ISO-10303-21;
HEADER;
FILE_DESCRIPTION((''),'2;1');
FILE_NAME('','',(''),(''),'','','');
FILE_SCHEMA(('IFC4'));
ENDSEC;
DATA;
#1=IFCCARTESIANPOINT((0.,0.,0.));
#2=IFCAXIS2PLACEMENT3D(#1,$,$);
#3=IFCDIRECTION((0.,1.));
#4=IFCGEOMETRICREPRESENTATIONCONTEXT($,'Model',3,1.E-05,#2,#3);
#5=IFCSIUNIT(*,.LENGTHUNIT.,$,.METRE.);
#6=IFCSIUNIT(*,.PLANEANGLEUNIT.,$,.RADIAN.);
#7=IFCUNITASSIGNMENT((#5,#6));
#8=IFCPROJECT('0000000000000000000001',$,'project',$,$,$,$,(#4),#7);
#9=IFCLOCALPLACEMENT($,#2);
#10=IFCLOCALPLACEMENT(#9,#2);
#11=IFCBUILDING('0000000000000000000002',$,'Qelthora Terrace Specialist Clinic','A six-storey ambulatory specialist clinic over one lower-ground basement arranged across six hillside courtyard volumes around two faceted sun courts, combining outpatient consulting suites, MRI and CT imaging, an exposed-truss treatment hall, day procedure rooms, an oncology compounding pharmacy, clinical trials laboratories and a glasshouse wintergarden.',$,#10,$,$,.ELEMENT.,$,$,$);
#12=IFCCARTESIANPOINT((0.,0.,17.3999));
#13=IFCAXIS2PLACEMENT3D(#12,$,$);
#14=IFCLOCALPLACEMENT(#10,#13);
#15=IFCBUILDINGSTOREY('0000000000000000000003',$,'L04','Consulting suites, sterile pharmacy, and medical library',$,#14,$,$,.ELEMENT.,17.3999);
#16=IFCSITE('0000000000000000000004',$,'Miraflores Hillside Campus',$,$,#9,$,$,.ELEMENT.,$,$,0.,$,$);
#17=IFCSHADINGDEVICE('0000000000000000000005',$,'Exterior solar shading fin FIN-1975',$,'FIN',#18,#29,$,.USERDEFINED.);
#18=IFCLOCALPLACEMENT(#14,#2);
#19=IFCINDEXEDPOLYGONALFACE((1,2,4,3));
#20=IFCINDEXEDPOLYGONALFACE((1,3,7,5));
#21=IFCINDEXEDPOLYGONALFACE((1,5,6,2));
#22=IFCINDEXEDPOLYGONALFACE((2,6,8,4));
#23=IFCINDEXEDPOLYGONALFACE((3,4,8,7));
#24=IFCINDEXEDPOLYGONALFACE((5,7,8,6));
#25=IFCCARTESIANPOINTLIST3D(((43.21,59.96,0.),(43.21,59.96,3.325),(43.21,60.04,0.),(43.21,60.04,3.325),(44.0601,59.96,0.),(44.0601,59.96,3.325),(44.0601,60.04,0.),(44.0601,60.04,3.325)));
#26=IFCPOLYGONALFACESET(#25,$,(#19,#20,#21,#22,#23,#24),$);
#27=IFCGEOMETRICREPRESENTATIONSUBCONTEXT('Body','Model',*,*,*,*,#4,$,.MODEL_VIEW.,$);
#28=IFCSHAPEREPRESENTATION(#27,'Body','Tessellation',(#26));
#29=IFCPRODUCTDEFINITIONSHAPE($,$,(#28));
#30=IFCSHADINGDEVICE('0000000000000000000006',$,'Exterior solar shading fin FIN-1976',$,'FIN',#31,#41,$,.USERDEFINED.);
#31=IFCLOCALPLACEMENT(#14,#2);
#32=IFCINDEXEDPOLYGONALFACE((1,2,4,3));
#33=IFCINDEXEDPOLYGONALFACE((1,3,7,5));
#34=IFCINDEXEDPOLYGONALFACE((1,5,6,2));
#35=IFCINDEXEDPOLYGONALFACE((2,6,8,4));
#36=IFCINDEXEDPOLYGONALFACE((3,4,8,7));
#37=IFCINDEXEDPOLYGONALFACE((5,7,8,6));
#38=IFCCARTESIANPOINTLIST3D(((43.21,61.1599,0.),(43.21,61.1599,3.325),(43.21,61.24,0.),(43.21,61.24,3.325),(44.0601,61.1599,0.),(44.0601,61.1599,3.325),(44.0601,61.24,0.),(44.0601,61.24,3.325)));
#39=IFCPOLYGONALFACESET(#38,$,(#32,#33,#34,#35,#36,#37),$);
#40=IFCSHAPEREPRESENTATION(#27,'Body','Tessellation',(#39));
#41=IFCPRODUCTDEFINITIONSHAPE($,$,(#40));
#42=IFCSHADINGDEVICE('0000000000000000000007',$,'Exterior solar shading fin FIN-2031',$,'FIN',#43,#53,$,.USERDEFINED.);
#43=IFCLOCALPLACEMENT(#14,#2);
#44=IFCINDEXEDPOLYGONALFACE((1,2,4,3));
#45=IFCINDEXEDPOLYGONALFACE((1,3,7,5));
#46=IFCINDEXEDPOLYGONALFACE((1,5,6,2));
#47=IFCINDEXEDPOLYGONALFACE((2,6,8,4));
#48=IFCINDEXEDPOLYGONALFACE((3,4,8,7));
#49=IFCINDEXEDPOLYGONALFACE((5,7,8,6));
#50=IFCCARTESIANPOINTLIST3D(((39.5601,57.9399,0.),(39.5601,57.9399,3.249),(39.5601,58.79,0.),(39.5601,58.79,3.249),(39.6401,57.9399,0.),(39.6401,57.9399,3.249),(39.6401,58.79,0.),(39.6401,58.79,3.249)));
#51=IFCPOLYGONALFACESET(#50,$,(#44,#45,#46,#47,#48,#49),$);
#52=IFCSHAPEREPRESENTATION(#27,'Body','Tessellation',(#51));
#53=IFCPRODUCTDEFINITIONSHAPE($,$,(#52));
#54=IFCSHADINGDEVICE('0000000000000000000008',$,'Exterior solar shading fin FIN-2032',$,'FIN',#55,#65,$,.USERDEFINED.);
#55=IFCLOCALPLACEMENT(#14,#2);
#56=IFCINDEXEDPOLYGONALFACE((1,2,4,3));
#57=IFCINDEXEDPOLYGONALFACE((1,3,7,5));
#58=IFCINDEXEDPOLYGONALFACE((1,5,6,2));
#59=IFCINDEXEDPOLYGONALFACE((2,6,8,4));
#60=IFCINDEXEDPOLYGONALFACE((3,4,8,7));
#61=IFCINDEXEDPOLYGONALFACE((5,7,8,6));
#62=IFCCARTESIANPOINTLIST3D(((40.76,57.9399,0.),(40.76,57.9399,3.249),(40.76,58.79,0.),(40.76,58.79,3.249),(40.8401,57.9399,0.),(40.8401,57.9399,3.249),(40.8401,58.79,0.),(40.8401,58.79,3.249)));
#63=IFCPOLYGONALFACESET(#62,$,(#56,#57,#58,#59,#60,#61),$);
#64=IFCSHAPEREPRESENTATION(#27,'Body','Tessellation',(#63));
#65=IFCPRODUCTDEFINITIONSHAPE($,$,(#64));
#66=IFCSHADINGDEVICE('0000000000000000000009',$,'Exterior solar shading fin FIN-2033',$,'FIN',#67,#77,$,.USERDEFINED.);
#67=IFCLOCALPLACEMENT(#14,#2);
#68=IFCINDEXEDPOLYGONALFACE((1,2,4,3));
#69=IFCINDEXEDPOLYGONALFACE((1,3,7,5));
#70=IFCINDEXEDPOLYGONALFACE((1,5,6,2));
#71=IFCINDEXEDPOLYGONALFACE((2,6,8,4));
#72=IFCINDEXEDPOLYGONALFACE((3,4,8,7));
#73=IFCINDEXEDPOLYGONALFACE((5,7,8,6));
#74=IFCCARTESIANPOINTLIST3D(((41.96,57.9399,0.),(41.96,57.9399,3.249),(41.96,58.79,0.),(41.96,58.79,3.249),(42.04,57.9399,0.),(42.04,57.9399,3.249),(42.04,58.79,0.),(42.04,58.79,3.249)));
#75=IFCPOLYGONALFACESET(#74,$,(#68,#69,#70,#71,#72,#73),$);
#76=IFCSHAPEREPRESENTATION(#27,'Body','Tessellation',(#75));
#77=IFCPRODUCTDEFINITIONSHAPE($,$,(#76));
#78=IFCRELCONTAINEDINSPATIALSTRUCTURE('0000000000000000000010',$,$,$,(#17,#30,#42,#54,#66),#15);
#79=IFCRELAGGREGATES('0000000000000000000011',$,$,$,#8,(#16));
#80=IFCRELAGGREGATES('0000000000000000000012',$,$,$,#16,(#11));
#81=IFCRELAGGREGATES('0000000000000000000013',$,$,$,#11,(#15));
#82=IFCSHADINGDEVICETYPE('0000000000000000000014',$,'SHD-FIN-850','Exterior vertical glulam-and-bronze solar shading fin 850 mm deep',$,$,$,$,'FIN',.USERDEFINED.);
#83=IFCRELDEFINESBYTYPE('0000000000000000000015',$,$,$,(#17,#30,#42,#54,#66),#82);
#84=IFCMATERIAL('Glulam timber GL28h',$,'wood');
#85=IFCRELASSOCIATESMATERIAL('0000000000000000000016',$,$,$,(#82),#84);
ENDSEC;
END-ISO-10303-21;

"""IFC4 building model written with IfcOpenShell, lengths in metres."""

from ifc_helpers import new_model, si_unit, direction, frame, origin, origin_2d, place, context, subcontext, project, spatial, rectangle, extrude, material, type_object, element, save


model = new_model("IFC4")

# Units and contexts
model_context = context("Model", 3, precision=1e-05, world=origin(), true_north=direction((0.0, 1.0)))
body_context = subcontext(model_context, "Body", "Model", "MODEL_VIEW")
ifc_project = project(units=[si_unit("LENGTHUNIT", "METRE"), si_unit("PLANEANGLEUNIT", "RADIAN")], contexts=[model_context])

# Site, building, storey
site_placement = place(None, origin())
site = spatial("IfcSite", under=ifc_project, at=site_placement, Name="Miraflores Hillside Campus", CompositionType="ELEMENT", RefElevation=0.0)
building_placement = place(site_placement, origin())
building = spatial("IfcBuilding", under=site, at=building_placement, Name="Qelthora Terrace Specialist Clinic", Description="A six-storey ambulatory specialist clinic over one lower-ground basement arranged across six hillside courtyard volumes around two faceted sun courts, combining outpatient consulting suites, MRI and CT imaging, an exposed-truss treatment hall, day procedure rooms, an oncology compounding pharmacy, clinical trials laboratories and a glasshouse wintergarden.", CompositionType="ELEMENT")
storey_placement = place(building_placement, frame((0.0, 0.0, 17.3999)))
storey = spatial("IfcBuildingStorey", under=building, at=storey_placement, Name="L04", Description="Consulting suites, sterile pharmacy, and medical library", CompositionType="ELEMENT", Elevation=17.3999)

# Shared definitions
ifc_material_1 = material(Name="Glulam timber GL28h", Category="wood")

# Shading devices
shading_device_type = type_object("IfcShadingDeviceType", Name="SHD-FIN-850", Description="Exterior vertical glulam-and-bronze solar shading fin 850 mm deep", ElementType="FIN", PredefinedType="USERDEFINED", material=ifc_material_1)
for number, where, z_axis, x_axis, name in (
    (1, (43.635, 60.0, 0.0), (0.0, 0.0, 1.0), (1.0, 0.0, 0.0), "Exterior solar shading fin FIN-1975"),
    (2, (43.635, 61.2, 0.0), (0.0, 0.0, 1.0), (1.0, 0.0, 0.0), "Exterior solar shading fin FIN-1976"),
):
    element("IfcShadingDevice", number, at=place(storey_placement, frame(where, z_axis=z_axis, x_axis=x_axis)), inside=storey, type_object=shading_device_type, Name=name, ObjectType="FIN", PredefinedType="USERDEFINED", context=body_context, shape_type="SweptSolid", body=[
        extrude(rectangle(XDim=0.8501, YDim=0.0801, at=origin_2d()), origin(), (0.0, 0.0, 1.0), 3.325),
    ])
for number, where, z_axis, x_axis, name in (
    (3, (39.6001, 58.365, 0.0), (0.0, 0.0, 1.0), (0.0, -1.0, 0.0), "Exterior solar shading fin FIN-2031"),
    (4, (40.8, 58.365, 0.0), (0.0, 0.0, 1.0), (0.0, -1.0, 0.0), "Exterior solar shading fin FIN-2032"),
    (5, (42.0, 58.365, 0.0), (0.0, 0.0, 1.0), (0.0, -1.0, 0.0), "Exterior solar shading fin FIN-2033"),
):
    element("IfcShadingDevice", number, at=place(storey_placement, frame(where, z_axis=z_axis, x_axis=x_axis)), inside=storey, type_object=shading_device_type, Name=name, ObjectType="FIN", PredefinedType="USERDEFINED", context=body_context, shape_type="SweptSolid", body=[
        extrude(rectangle(XDim=0.8501, YDim=0.0801, at=origin_2d()), origin(), (0.0, 0.0, 1.0), 3.249),
    ])

save(model, "model.ifc")
